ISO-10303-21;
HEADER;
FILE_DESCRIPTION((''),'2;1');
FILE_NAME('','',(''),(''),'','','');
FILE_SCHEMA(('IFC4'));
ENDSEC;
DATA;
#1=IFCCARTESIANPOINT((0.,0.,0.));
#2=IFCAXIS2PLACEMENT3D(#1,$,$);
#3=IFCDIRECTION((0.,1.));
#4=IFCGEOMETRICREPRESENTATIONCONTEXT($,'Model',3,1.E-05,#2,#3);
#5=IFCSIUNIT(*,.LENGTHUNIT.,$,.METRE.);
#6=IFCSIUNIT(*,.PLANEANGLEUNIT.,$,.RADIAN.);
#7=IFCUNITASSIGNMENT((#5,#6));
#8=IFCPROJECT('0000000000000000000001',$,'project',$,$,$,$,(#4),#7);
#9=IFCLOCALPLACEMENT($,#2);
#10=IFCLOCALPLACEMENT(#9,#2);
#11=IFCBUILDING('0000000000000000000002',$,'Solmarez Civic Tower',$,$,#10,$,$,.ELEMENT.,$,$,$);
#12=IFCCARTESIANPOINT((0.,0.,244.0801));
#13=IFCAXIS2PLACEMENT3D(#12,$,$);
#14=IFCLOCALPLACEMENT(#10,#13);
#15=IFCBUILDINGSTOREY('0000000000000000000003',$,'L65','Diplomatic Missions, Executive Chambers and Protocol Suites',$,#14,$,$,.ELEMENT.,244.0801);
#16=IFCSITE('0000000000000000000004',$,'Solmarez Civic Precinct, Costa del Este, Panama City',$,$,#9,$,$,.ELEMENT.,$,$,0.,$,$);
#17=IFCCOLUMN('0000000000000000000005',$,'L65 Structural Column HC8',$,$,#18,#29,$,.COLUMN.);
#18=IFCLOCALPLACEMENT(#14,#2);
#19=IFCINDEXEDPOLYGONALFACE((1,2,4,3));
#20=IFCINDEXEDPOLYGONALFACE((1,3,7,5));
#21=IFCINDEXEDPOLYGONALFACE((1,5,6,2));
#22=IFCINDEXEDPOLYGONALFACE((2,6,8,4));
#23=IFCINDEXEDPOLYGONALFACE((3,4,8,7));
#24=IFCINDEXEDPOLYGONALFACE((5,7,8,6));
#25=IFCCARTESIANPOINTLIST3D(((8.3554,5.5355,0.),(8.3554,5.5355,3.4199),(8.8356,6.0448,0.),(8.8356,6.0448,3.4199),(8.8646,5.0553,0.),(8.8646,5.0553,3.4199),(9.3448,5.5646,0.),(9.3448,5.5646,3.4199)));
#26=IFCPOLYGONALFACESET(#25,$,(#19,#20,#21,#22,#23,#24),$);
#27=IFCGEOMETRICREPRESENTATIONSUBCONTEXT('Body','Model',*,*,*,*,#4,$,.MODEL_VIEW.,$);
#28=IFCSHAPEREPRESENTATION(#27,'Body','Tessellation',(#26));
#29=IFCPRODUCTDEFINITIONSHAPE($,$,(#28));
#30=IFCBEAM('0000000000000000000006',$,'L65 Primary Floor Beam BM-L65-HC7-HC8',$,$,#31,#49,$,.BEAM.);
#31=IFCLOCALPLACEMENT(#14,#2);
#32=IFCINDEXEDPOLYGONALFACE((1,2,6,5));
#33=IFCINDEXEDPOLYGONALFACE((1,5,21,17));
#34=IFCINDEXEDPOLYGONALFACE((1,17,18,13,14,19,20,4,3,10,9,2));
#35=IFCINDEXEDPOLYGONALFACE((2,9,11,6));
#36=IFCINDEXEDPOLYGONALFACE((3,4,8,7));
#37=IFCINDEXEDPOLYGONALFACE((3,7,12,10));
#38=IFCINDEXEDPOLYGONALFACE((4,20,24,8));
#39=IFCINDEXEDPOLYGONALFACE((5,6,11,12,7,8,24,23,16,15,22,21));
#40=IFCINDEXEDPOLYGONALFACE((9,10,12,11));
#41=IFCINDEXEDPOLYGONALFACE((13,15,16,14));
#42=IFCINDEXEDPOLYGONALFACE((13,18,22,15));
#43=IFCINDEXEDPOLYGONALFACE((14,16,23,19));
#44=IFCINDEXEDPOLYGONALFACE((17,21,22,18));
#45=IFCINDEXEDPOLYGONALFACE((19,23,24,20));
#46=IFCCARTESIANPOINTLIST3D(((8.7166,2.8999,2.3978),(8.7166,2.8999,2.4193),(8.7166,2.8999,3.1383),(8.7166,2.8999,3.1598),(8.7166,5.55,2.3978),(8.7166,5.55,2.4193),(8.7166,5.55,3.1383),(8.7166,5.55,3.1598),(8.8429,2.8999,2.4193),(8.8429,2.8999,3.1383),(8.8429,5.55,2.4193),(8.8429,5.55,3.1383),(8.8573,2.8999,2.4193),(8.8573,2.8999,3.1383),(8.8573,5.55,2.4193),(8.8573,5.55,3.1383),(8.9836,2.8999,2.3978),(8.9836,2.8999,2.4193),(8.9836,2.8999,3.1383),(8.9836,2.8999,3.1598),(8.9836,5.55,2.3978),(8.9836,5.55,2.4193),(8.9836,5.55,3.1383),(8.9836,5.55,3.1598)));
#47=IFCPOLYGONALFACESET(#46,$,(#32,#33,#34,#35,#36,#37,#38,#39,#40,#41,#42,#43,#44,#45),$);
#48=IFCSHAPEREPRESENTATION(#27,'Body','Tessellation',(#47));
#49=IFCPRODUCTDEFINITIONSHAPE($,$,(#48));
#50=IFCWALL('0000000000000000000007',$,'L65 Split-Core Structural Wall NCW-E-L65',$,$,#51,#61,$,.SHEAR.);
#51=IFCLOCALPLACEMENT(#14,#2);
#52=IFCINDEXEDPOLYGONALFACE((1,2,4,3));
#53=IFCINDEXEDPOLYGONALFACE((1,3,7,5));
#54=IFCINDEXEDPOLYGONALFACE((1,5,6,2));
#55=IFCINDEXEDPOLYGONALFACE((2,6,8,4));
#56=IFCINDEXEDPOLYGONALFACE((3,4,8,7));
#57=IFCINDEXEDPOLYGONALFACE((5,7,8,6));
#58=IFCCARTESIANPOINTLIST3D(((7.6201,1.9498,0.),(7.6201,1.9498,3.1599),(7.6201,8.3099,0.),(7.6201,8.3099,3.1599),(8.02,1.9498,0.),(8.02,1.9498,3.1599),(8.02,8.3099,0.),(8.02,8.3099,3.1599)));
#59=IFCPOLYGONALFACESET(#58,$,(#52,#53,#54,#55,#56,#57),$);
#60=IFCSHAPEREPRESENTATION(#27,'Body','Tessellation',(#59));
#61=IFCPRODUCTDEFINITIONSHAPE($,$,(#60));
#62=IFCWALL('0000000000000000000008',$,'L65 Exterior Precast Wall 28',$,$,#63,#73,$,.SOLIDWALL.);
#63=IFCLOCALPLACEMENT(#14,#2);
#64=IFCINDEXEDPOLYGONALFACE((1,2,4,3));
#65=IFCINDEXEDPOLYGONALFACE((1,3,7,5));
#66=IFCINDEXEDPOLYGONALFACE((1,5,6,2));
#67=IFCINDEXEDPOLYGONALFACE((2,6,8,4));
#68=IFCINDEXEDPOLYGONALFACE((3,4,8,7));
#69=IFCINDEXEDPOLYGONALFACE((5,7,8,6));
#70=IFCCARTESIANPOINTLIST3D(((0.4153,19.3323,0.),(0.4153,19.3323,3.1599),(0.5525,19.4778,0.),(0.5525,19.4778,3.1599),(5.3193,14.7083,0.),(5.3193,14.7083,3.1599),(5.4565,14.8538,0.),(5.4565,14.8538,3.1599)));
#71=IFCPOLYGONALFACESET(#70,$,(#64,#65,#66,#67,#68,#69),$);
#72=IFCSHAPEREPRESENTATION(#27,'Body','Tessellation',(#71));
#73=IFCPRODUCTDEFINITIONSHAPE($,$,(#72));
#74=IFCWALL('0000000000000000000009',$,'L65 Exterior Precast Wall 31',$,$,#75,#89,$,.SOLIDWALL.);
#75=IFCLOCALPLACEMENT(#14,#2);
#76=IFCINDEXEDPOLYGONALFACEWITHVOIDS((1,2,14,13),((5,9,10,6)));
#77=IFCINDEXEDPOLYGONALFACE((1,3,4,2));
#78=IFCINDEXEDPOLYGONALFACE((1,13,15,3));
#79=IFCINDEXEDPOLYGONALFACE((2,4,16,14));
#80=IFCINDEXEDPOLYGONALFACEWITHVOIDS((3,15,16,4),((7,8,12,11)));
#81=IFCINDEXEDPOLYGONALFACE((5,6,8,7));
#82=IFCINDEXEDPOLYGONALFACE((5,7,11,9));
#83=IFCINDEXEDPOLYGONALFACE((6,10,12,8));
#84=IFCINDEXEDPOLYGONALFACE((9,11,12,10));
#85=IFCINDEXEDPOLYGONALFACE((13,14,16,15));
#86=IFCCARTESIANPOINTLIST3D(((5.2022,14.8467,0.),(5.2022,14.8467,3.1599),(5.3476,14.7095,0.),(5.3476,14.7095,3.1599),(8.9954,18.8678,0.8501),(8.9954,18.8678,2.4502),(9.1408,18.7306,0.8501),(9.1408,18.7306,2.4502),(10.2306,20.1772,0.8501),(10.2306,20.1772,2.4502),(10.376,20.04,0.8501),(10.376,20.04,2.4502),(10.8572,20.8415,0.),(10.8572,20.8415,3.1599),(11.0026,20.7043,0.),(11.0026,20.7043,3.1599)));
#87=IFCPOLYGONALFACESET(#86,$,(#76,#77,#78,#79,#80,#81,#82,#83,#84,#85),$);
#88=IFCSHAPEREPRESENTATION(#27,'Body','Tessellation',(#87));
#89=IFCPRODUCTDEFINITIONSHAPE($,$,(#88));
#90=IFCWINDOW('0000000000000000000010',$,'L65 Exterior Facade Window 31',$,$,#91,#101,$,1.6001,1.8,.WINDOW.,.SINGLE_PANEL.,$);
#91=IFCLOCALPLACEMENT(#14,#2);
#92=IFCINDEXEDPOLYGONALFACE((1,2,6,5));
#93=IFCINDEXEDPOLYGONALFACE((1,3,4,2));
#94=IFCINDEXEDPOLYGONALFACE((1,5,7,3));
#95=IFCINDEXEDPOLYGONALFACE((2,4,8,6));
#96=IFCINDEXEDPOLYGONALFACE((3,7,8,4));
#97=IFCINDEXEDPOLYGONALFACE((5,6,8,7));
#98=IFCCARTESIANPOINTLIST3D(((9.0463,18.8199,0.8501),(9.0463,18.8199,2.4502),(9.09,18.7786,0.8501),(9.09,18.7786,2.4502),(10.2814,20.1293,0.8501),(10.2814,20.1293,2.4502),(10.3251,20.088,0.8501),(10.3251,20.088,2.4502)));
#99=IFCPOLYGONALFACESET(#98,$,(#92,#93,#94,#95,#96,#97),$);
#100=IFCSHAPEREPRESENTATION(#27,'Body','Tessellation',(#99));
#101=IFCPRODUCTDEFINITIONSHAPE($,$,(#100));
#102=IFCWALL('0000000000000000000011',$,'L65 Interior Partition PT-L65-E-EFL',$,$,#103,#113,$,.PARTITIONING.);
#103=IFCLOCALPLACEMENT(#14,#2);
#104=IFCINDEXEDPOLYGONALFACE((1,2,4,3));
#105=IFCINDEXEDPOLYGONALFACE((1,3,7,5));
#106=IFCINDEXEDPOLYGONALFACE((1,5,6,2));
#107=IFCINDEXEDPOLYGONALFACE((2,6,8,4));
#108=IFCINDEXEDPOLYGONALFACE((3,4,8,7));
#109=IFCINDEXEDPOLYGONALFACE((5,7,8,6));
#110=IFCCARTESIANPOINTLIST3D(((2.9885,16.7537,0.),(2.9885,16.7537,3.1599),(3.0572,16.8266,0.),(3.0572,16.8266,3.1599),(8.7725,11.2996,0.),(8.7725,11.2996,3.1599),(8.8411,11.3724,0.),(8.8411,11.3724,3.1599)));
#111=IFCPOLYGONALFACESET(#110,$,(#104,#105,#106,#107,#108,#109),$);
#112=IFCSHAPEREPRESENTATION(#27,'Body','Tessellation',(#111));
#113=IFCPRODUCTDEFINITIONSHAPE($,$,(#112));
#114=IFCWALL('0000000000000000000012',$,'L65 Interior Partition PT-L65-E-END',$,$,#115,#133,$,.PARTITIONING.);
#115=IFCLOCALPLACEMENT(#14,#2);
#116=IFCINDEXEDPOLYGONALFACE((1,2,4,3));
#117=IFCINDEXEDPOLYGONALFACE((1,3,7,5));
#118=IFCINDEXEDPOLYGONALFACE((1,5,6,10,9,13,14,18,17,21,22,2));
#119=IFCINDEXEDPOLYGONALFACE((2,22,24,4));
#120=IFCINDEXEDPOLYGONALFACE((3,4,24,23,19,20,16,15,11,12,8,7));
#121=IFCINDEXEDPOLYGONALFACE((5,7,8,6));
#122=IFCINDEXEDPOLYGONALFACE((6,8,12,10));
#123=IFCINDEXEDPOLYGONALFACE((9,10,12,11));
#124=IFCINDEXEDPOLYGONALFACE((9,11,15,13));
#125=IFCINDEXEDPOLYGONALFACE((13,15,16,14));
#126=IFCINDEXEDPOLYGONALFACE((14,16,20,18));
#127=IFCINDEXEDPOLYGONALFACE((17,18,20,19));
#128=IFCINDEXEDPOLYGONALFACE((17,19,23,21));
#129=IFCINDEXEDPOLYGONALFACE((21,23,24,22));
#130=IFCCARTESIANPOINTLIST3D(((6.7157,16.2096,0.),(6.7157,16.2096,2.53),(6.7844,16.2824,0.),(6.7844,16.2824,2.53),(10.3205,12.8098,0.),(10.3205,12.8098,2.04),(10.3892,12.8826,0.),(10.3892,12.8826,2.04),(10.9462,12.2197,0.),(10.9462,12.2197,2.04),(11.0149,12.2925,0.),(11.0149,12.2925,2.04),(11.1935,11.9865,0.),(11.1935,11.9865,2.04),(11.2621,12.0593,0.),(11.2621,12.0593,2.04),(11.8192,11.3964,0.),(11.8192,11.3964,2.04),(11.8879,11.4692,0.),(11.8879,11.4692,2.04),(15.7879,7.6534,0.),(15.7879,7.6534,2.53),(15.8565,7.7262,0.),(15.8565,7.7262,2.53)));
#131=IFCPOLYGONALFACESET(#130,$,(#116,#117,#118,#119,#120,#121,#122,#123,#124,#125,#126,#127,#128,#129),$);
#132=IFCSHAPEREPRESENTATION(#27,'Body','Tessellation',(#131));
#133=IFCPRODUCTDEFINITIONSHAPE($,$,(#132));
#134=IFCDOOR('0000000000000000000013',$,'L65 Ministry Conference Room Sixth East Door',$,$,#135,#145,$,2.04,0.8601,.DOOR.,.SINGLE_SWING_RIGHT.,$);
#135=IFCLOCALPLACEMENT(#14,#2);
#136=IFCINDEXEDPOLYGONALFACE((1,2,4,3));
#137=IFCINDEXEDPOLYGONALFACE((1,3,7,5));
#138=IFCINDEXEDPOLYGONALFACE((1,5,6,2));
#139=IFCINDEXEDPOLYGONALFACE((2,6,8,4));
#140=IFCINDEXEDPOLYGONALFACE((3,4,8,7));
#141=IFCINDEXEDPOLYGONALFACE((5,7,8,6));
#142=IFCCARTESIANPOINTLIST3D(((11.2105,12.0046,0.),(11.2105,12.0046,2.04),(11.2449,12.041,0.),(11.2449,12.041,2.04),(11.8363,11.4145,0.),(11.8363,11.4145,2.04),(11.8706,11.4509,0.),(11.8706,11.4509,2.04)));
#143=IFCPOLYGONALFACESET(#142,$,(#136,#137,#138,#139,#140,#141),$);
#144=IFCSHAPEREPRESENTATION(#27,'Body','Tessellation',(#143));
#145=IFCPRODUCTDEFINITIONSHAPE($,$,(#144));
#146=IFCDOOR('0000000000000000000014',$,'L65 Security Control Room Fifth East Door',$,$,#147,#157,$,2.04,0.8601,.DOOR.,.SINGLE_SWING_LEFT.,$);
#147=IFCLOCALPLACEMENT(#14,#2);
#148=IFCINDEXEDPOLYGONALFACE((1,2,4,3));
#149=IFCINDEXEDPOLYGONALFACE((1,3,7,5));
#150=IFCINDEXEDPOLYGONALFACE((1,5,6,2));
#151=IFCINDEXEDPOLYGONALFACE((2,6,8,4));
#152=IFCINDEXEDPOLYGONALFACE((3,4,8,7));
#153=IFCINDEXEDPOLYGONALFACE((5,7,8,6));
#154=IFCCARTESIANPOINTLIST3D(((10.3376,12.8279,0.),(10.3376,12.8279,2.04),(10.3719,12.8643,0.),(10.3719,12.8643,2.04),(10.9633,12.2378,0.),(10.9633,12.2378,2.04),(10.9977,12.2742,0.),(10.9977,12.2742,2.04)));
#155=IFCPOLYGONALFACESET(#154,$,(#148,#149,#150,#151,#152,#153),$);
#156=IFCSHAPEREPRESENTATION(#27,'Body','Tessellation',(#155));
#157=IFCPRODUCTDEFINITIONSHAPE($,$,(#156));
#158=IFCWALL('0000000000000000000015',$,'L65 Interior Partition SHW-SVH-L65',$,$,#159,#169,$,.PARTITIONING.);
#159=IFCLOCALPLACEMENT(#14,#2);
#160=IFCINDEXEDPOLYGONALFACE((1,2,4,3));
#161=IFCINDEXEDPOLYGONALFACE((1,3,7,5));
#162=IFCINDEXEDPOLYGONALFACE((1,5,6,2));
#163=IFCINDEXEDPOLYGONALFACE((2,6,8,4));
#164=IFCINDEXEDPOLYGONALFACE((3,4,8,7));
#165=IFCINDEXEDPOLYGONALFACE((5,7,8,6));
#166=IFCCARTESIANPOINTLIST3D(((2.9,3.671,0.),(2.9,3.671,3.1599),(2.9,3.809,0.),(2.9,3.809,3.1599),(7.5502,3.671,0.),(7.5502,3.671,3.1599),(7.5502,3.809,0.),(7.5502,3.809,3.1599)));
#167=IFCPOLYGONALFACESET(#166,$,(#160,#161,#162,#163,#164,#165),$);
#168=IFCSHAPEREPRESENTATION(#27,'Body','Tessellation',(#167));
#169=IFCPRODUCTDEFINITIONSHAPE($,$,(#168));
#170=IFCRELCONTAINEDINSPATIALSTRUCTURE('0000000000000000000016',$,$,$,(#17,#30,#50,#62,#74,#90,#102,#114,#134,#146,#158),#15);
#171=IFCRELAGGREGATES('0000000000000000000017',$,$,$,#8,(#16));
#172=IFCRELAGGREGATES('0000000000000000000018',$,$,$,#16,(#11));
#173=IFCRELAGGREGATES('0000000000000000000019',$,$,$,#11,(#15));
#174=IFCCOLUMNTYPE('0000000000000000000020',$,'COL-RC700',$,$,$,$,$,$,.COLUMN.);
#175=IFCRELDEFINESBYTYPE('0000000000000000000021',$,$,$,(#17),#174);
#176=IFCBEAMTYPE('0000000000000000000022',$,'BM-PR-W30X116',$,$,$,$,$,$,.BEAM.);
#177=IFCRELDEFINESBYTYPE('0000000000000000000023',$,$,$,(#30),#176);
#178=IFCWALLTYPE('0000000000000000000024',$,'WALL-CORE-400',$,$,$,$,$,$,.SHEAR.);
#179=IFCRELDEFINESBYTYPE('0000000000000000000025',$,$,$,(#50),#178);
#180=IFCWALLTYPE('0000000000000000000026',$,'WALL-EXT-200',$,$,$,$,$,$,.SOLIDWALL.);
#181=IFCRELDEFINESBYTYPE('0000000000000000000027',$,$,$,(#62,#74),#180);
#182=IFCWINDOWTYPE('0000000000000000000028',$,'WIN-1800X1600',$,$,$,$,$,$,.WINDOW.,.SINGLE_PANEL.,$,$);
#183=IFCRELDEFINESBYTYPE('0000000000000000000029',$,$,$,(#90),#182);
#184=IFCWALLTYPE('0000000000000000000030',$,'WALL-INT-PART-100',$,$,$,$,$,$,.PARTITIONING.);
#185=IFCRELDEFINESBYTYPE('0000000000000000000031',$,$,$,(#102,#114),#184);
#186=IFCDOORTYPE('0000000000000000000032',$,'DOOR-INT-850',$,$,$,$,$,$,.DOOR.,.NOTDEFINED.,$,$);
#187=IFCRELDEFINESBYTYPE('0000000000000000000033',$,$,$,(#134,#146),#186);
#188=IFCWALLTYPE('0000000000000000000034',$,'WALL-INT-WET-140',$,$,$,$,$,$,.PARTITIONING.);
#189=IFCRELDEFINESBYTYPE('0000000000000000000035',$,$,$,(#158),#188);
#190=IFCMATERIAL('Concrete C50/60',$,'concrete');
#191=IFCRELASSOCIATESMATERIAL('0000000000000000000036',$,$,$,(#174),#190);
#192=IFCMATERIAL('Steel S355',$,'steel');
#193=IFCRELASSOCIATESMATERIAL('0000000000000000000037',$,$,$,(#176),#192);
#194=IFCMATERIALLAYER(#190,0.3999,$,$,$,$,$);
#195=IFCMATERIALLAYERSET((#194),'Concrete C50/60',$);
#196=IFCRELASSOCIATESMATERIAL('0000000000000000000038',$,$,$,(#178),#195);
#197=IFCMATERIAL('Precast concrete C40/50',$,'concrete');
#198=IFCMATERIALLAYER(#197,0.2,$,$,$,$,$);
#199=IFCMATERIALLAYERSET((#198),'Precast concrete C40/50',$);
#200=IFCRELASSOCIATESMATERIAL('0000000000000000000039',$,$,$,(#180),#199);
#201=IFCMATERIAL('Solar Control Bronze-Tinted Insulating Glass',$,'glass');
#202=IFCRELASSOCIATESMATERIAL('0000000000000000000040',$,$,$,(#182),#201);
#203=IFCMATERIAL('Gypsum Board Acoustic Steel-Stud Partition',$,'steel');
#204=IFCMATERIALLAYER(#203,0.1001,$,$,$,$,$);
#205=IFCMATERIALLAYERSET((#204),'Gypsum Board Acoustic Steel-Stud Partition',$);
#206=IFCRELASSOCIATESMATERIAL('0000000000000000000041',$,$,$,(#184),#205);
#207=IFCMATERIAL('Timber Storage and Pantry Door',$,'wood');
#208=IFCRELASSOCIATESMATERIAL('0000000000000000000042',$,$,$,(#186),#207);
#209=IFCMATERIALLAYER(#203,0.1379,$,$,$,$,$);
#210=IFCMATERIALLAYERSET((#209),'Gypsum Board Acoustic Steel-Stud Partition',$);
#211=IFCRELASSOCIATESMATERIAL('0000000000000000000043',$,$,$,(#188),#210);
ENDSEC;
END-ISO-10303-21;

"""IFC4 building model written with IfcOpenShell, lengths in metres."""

from ifc_helpers import new_model, si_unit, direction, frame, frame_2d, origin, origin_2d, place, context, subcontext, project, spatial, rectangle, i_section, extrude, material, layer, layer_set, material_profile, profile_set, type_object, element, fill, save


model = new_model("IFC4")

# Units and contexts
model_context = context("Model", 3, precision=1e-05, world=origin(), true_north=direction((0.0, 1.0)))
body_context = subcontext(model_context, "Body", "Model", "MODEL_VIEW")
ifc_project = project(units=[si_unit("LENGTHUNIT", "METRE"), si_unit("PLANEANGLEUNIT", "RADIAN")], contexts=[model_context])

# Site, building, storey
site_placement = place(None, origin())
site = spatial("IfcSite", under=ifc_project, at=site_placement, Name="Solmarez Civic Precinct, Costa del Este, Panama City", CompositionType="ELEMENT", RefElevation=0.0)
building_placement = place(site_placement, origin())
building = spatial("IfcBuilding", under=site, at=building_placement, Name="Solmarez Civic Tower", CompositionType="ELEMENT")
storey_placement = place(building_placement, frame((0.0, 0.0, 244.0801)))
storey = spatial("IfcBuildingStorey", under=building, at=storey_placement, Name="L65", Description="Diplomatic Missions, Executive Chambers and Protocol Suites", CompositionType="ELEMENT", Elevation=244.0801)

# Column
ifc_material_1 = material(Name="Concrete C50/60", Category="concrete")
ifc_material_profile_1 = material_profile(ifc_material_1, rectangle(XDim=0.7, YDim=0.7, at=origin_2d()), Name="RC700X700")
ifc_profile_set_1 = profile_set([ifc_material_profile_1], Name="Concrete C50/60")
column_type = type_object("IfcColumnType", Name="COL-RC700", PredefinedType="COLUMN", material=ifc_profile_set_1)
column_placement = place(storey_placement, frame((8.8501, 5.55, 0.0), z_axis=(0.0, 0.0, 1.0), x_axis=(0.686072, 0.727533, 0.0)))
element("IfcColumn", 1, at=column_placement, inside=storey, type_object=column_type, Name="L65 Structural Column HC8", PredefinedType="COLUMN", context=body_context, shape_type="SweptSolid", body=[
    extrude(rectangle(XDim=0.7, YDim=0.7, at=origin_2d()), origin(), (0.0, 0.0, 1.0), 3.4199),
])

# Beam
ifc_material_2 = material(Name="Steel S355", Category="steel")
ifc_material_profile_2 = material_profile(ifc_material_2, i_section(OverallWidth=0.2671, OverallDepth=0.762, WebThickness=0.0144, FlangeThickness=0.0215, at=origin_2d()), Name="W30X116")
ifc_profile_set_2 = profile_set([ifc_material_profile_2], Name="Steel S355")
beam_type = type_object("IfcBeamType", Name="BM-PR-W30X116", PredefinedType="BEAM", material=ifc_profile_set_2)
beam_placement = place(storey_placement, frame((8.8501, 2.8999, 2.7788), z_axis=(0.0, 1.0, 0.0), x_axis=(-1.0, 0.0, 0.0)))
element("IfcBeam", 2, at=beam_placement, inside=storey, type_object=beam_type, Name="L65 Primary Floor Beam BM-L65-HC7-HC8", PredefinedType="BEAM", context=body_context, shape_type="SweptSolid", body=[
    extrude(i_section(OverallWidth=0.2671, OverallDepth=0.762, WebThickness=0.0144, FlangeThickness=0.0215, at=origin_2d()), origin(), (0.0, 0.0, 1.0), 2.6501),
])

# Walls
ifc_layer_1 = layer(ifc_material_1, 0.3999)
ifc_layer_set_1 = layer_set([ifc_layer_1], Name="Concrete C50/60")
wall_type_1 = type_object("IfcWallType", Name="WALL-CORE-400", PredefinedType="SHEAR", material=ifc_layer_set_1)
wall_1_placement = place(storey_placement, frame((7.8201, 8.3101, 0.0), z_axis=(0.0, 0.0, 1.0), x_axis=(0.0, -1.0, 0.0)))
element("IfcWall", 3, at=wall_1_placement, inside=storey, type_object=wall_type_1, Name="L65 Split-Core Structural Wall NCW-E-L65", PredefinedType="SHEAR", context=body_context, shape_type="SweptSolid", body=[
    extrude(rectangle(XDim=6.3601, YDim=0.3999, at=frame_2d((3.1802, 0.0))), origin(), (0.0, 0.0, 1.0), 3.1599),
])
ifc_material_3 = material(Name="Precast concrete C40/50", Category="concrete")
ifc_layer_2 = layer(ifc_material_3, 0.2)
ifc_layer_set_2 = layer_set([ifc_layer_2], Name="Precast concrete C40/50")
wall_type_2 = type_object("IfcWallType", Name="WALL-EXT-200", PredefinedType="SOLIDWALL", material=ifc_layer_set_2)
wall_2_placement = place(storey_placement, frame((0.4839, 19.405, 0.0), z_axis=(0.0, 0.0, 1.0), x_axis=(0.727574, -0.686029, 0.0)))
element("IfcWall", 4, at=wall_2_placement, inside=storey, type_object=wall_type_2, Name="L65 Exterior Precast Wall 28", PredefinedType="SOLIDWALL", context=body_context, shape_type="SweptSolid", body=[
    extrude(rectangle(XDim=6.7402, YDim=0.2, at=frame_2d((3.3701, 0.0))), origin(), (0.0, 0.0, 1.0), 3.1599),
])

# Wall, opening, window
wall_3_placement = place(storey_placement, frame((5.2749, 14.7781, 0.0), z_axis=(0.0, 0.0, 1.0), x_axis=(0.686188, 0.727425, 0.0)))
wall_3 = element("IfcWall", 5, at=wall_3_placement, inside=storey, type_object=wall_type_2, Name="L65 Exterior Precast Wall 31", PredefinedType="SOLIDWALL", context=body_context, shape_type="SweptSolid", body=[
    extrude(rectangle(XDim=8.2412, YDim=0.2, at=frame_2d((4.1206, 0.0))), origin(), (0.0, 0.0, 1.0), 3.1599),
])
opening_1_placement = place(wall_3_placement, frame((5.5281, 0.0, 0.8501)))
opening_1 = element("IfcOpeningElement", 6, at=opening_1_placement, cuts=wall_3, PredefinedType="OPENING", context=body_context, shape_type="SweptSolid", body=[
    extrude(rectangle(XDim=1.8, YDim=1.6001, at=frame_2d((0.8999, 0.8))), frame((0.0, 0.1099, 0.0), z_axis=(0.0, -1.0, 0.0), x_axis=(1.0, 0.0, 0.0)), (0.0, 0.0, 1.0), 0.22),
])
ifc_material_4 = material(Name="Solar Control Bronze-Tinted Insulating Glass", Category="glass")
window_type = type_object("IfcWindowType", Name="WIN-1800X1600", PartitioningType="SINGLE_PANEL", PredefinedType="WINDOW", material=ifc_material_4)
window_placement = place(opening_1_placement, origin())
window = element("IfcWindow", 7, at=window_placement, inside=storey, type_object=window_type, Name="L65 Exterior Facade Window 31", OverallHeight=1.6001, OverallWidth=1.8, PartitioningType="SINGLE_PANEL", PredefinedType="WINDOW", context=body_context, shape_type="SweptSolid", body=[
    extrude(rectangle(XDim=1.8, YDim=1.6001, at=frame_2d((0.8999, 0.8))), frame((0.0, 0.03, 0.0), z_axis=(0.0, -1.0, 0.0), x_axis=(1.0, 0.0, 0.0)), (0.0, 0.0, 1.0), 0.0601),
])
fill(opening_1, window)

# Wall
ifc_material_5 = material(Name="Gypsum Board Acoustic Steel-Stud Partition", Category="steel")
ifc_layer_3 = layer(ifc_material_5, 0.1001)
ifc_layer_set_3 = layer_set([ifc_layer_3], Name="Gypsum Board Acoustic Steel-Stud Partition")
wall_type_3 = type_object("IfcWallType", Name="WALL-INT-PART-100", PredefinedType="PARTITIONING", material=ifc_layer_set_3)
wall_4_placement = place(storey_placement, frame((8.8069, 11.3359, 0.0), z_axis=(0.0, 0.0, 1.0), x_axis=(-0.727547, 0.686058, 0.0)))
element("IfcWall", 8, at=wall_4_placement, inside=storey, type_object=wall_type_3, Name="L65 Interior Partition PT-L65-E-EFL", PredefinedType="PARTITIONING", context=body_context, shape_type="SweptSolid", body=[
    extrude(rectangle(XDim=7.95, YDim=0.1001, at=frame_2d((3.9751, 0.0))), origin(), (0.0, 0.0, 1.0), 3.1599),
])

# Wall, openings, doors
wall_5_placement = place(storey_placement, frame((6.75, 16.2461, 0.0), z_axis=(0.0, 0.0, 1.0), x_axis=(0.727488, -0.68612, 0.0)))
wall_5 = element("IfcWall", 9, at=wall_5_placement, inside=storey, type_object=wall_type_3, Name="L65 Interior Partition PT-L65-E-END", PredefinedType="PARTITIONING", context=body_context, shape_type="SweptSolid", body=[
    extrude(rectangle(XDim=12.4705, YDim=0.1001, at=frame_2d((6.2354, 0.0))), origin(), (0.0, 0.0, 1.0), 2.53),
])
opening_2_placement = place(wall_5_placement, frame((6.155, 0.0, 0.0)))
opening_2 = element("IfcOpeningElement", 10, at=opening_2_placement, cuts=wall_5, PredefinedType="OPENING", context=body_context, shape_type="SweptSolid", body=[
    extrude(rectangle(XDim=0.8601, YDim=2.04, at=frame_2d((0.4302, 1.02))), frame((0.0, 0.0601, 0.0), z_axis=(0.0, -1.0, 0.0), x_axis=(1.0, 0.0, 0.0)), (0.0, 0.0, 1.0), 0.1201),
])
opening_3_placement = place(wall_5_placement, frame((4.9551, 0.0, 0.0)))
opening_3 = element("IfcOpeningElement", 11, at=opening_3_placement, cuts=wall_5, PredefinedType="OPENING", context=body_context, shape_type="SweptSolid", body=[
    extrude(rectangle(XDim=0.8601, YDim=2.04, at=frame_2d((0.4302, 1.02))), frame((0.0, 0.0601, 0.0), z_axis=(0.0, -1.0, 0.0), x_axis=(1.0, 0.0, 0.0)), (0.0, 0.0, 1.0), 0.1201),
])
ifc_material_6 = material(Name="Timber Storage and Pantry Door", Category="wood")
door_type_1 = type_object("IfcDoorType", Name="DOOR-INT-850", OperationType="NOTDEFINED", PredefinedType="DOOR", material=ifc_material_6)
door_1_placement = place(opening_2_placement, origin())
door_1 = element("IfcDoor", 12, at=door_1_placement, inside=storey, type_object=door_type_1, Name="L65 Ministry Conference Room Sixth East Door", OperationType="SINGLE_SWING_RIGHT", OverallHeight=2.04, OverallWidth=0.8601, PredefinedType="DOOR", context=body_context, shape_type="SweptSolid", body=[
    extrude(rectangle(XDim=0.8601, YDim=2.04, at=frame_2d((0.4302, 1.02))), frame((0.0, 0.0249, 0.0), z_axis=(0.0, -1.0, 0.0), x_axis=(1.0, 0.0, 0.0)), (0.0, 0.0, 1.0), 0.05),
])
fill(opening_2, door_1)
door_2_placement = place(opening_3_placement, origin())
door_2 = element("IfcDoor", 13, at=door_2_placement, inside=storey, type_object=door_type_1, Name="L65 Security Control Room Fifth East Door", OperationType="SINGLE_SWING_LEFT", OverallHeight=2.04, OverallWidth=0.8601, PredefinedType="DOOR", context=body_context, shape_type="SweptSolid", body=[
    extrude(rectangle(XDim=0.8601, YDim=2.04, at=frame_2d((0.4302, 1.02))), frame((0.0, 0.0249, 0.0), z_axis=(0.0, -1.0, 0.0), x_axis=(1.0, 0.0, 0.0)), (0.0, 0.0, 1.0), 0.05),
])
fill(opening_3, door_2)

# Wall
ifc_layer_4 = layer(ifc_material_5, 0.1379)
ifc_layer_set_4 = layer_set([ifc_layer_4], Name="Gypsum Board Acoustic Steel-Stud Partition")
wall_type_4 = type_object("IfcWallType", Name="WALL-INT-WET-140", PredefinedType="PARTITIONING", material=ifc_layer_set_4)
wall_6_placement = place(storey_placement, frame((2.8999, 3.74, 0.0), z_axis=(0.0, 0.0, 1.0), x_axis=(1.0, 0.0, 0.0)))
element("IfcWall", 14, at=wall_6_placement, inside=storey, type_object=wall_type_4, Name="L65 Interior Partition SHW-SVH-L65", PredefinedType="PARTITIONING", context=body_context, shape_type="SweptSolid", body=[
    extrude(rectangle(XDim=4.6501, YDim=0.1379, at=frame_2d((2.3252, 0.0))), origin(), (0.0, 0.0, 1.0), 3.1599),
])

save(model, "model.ifc")
